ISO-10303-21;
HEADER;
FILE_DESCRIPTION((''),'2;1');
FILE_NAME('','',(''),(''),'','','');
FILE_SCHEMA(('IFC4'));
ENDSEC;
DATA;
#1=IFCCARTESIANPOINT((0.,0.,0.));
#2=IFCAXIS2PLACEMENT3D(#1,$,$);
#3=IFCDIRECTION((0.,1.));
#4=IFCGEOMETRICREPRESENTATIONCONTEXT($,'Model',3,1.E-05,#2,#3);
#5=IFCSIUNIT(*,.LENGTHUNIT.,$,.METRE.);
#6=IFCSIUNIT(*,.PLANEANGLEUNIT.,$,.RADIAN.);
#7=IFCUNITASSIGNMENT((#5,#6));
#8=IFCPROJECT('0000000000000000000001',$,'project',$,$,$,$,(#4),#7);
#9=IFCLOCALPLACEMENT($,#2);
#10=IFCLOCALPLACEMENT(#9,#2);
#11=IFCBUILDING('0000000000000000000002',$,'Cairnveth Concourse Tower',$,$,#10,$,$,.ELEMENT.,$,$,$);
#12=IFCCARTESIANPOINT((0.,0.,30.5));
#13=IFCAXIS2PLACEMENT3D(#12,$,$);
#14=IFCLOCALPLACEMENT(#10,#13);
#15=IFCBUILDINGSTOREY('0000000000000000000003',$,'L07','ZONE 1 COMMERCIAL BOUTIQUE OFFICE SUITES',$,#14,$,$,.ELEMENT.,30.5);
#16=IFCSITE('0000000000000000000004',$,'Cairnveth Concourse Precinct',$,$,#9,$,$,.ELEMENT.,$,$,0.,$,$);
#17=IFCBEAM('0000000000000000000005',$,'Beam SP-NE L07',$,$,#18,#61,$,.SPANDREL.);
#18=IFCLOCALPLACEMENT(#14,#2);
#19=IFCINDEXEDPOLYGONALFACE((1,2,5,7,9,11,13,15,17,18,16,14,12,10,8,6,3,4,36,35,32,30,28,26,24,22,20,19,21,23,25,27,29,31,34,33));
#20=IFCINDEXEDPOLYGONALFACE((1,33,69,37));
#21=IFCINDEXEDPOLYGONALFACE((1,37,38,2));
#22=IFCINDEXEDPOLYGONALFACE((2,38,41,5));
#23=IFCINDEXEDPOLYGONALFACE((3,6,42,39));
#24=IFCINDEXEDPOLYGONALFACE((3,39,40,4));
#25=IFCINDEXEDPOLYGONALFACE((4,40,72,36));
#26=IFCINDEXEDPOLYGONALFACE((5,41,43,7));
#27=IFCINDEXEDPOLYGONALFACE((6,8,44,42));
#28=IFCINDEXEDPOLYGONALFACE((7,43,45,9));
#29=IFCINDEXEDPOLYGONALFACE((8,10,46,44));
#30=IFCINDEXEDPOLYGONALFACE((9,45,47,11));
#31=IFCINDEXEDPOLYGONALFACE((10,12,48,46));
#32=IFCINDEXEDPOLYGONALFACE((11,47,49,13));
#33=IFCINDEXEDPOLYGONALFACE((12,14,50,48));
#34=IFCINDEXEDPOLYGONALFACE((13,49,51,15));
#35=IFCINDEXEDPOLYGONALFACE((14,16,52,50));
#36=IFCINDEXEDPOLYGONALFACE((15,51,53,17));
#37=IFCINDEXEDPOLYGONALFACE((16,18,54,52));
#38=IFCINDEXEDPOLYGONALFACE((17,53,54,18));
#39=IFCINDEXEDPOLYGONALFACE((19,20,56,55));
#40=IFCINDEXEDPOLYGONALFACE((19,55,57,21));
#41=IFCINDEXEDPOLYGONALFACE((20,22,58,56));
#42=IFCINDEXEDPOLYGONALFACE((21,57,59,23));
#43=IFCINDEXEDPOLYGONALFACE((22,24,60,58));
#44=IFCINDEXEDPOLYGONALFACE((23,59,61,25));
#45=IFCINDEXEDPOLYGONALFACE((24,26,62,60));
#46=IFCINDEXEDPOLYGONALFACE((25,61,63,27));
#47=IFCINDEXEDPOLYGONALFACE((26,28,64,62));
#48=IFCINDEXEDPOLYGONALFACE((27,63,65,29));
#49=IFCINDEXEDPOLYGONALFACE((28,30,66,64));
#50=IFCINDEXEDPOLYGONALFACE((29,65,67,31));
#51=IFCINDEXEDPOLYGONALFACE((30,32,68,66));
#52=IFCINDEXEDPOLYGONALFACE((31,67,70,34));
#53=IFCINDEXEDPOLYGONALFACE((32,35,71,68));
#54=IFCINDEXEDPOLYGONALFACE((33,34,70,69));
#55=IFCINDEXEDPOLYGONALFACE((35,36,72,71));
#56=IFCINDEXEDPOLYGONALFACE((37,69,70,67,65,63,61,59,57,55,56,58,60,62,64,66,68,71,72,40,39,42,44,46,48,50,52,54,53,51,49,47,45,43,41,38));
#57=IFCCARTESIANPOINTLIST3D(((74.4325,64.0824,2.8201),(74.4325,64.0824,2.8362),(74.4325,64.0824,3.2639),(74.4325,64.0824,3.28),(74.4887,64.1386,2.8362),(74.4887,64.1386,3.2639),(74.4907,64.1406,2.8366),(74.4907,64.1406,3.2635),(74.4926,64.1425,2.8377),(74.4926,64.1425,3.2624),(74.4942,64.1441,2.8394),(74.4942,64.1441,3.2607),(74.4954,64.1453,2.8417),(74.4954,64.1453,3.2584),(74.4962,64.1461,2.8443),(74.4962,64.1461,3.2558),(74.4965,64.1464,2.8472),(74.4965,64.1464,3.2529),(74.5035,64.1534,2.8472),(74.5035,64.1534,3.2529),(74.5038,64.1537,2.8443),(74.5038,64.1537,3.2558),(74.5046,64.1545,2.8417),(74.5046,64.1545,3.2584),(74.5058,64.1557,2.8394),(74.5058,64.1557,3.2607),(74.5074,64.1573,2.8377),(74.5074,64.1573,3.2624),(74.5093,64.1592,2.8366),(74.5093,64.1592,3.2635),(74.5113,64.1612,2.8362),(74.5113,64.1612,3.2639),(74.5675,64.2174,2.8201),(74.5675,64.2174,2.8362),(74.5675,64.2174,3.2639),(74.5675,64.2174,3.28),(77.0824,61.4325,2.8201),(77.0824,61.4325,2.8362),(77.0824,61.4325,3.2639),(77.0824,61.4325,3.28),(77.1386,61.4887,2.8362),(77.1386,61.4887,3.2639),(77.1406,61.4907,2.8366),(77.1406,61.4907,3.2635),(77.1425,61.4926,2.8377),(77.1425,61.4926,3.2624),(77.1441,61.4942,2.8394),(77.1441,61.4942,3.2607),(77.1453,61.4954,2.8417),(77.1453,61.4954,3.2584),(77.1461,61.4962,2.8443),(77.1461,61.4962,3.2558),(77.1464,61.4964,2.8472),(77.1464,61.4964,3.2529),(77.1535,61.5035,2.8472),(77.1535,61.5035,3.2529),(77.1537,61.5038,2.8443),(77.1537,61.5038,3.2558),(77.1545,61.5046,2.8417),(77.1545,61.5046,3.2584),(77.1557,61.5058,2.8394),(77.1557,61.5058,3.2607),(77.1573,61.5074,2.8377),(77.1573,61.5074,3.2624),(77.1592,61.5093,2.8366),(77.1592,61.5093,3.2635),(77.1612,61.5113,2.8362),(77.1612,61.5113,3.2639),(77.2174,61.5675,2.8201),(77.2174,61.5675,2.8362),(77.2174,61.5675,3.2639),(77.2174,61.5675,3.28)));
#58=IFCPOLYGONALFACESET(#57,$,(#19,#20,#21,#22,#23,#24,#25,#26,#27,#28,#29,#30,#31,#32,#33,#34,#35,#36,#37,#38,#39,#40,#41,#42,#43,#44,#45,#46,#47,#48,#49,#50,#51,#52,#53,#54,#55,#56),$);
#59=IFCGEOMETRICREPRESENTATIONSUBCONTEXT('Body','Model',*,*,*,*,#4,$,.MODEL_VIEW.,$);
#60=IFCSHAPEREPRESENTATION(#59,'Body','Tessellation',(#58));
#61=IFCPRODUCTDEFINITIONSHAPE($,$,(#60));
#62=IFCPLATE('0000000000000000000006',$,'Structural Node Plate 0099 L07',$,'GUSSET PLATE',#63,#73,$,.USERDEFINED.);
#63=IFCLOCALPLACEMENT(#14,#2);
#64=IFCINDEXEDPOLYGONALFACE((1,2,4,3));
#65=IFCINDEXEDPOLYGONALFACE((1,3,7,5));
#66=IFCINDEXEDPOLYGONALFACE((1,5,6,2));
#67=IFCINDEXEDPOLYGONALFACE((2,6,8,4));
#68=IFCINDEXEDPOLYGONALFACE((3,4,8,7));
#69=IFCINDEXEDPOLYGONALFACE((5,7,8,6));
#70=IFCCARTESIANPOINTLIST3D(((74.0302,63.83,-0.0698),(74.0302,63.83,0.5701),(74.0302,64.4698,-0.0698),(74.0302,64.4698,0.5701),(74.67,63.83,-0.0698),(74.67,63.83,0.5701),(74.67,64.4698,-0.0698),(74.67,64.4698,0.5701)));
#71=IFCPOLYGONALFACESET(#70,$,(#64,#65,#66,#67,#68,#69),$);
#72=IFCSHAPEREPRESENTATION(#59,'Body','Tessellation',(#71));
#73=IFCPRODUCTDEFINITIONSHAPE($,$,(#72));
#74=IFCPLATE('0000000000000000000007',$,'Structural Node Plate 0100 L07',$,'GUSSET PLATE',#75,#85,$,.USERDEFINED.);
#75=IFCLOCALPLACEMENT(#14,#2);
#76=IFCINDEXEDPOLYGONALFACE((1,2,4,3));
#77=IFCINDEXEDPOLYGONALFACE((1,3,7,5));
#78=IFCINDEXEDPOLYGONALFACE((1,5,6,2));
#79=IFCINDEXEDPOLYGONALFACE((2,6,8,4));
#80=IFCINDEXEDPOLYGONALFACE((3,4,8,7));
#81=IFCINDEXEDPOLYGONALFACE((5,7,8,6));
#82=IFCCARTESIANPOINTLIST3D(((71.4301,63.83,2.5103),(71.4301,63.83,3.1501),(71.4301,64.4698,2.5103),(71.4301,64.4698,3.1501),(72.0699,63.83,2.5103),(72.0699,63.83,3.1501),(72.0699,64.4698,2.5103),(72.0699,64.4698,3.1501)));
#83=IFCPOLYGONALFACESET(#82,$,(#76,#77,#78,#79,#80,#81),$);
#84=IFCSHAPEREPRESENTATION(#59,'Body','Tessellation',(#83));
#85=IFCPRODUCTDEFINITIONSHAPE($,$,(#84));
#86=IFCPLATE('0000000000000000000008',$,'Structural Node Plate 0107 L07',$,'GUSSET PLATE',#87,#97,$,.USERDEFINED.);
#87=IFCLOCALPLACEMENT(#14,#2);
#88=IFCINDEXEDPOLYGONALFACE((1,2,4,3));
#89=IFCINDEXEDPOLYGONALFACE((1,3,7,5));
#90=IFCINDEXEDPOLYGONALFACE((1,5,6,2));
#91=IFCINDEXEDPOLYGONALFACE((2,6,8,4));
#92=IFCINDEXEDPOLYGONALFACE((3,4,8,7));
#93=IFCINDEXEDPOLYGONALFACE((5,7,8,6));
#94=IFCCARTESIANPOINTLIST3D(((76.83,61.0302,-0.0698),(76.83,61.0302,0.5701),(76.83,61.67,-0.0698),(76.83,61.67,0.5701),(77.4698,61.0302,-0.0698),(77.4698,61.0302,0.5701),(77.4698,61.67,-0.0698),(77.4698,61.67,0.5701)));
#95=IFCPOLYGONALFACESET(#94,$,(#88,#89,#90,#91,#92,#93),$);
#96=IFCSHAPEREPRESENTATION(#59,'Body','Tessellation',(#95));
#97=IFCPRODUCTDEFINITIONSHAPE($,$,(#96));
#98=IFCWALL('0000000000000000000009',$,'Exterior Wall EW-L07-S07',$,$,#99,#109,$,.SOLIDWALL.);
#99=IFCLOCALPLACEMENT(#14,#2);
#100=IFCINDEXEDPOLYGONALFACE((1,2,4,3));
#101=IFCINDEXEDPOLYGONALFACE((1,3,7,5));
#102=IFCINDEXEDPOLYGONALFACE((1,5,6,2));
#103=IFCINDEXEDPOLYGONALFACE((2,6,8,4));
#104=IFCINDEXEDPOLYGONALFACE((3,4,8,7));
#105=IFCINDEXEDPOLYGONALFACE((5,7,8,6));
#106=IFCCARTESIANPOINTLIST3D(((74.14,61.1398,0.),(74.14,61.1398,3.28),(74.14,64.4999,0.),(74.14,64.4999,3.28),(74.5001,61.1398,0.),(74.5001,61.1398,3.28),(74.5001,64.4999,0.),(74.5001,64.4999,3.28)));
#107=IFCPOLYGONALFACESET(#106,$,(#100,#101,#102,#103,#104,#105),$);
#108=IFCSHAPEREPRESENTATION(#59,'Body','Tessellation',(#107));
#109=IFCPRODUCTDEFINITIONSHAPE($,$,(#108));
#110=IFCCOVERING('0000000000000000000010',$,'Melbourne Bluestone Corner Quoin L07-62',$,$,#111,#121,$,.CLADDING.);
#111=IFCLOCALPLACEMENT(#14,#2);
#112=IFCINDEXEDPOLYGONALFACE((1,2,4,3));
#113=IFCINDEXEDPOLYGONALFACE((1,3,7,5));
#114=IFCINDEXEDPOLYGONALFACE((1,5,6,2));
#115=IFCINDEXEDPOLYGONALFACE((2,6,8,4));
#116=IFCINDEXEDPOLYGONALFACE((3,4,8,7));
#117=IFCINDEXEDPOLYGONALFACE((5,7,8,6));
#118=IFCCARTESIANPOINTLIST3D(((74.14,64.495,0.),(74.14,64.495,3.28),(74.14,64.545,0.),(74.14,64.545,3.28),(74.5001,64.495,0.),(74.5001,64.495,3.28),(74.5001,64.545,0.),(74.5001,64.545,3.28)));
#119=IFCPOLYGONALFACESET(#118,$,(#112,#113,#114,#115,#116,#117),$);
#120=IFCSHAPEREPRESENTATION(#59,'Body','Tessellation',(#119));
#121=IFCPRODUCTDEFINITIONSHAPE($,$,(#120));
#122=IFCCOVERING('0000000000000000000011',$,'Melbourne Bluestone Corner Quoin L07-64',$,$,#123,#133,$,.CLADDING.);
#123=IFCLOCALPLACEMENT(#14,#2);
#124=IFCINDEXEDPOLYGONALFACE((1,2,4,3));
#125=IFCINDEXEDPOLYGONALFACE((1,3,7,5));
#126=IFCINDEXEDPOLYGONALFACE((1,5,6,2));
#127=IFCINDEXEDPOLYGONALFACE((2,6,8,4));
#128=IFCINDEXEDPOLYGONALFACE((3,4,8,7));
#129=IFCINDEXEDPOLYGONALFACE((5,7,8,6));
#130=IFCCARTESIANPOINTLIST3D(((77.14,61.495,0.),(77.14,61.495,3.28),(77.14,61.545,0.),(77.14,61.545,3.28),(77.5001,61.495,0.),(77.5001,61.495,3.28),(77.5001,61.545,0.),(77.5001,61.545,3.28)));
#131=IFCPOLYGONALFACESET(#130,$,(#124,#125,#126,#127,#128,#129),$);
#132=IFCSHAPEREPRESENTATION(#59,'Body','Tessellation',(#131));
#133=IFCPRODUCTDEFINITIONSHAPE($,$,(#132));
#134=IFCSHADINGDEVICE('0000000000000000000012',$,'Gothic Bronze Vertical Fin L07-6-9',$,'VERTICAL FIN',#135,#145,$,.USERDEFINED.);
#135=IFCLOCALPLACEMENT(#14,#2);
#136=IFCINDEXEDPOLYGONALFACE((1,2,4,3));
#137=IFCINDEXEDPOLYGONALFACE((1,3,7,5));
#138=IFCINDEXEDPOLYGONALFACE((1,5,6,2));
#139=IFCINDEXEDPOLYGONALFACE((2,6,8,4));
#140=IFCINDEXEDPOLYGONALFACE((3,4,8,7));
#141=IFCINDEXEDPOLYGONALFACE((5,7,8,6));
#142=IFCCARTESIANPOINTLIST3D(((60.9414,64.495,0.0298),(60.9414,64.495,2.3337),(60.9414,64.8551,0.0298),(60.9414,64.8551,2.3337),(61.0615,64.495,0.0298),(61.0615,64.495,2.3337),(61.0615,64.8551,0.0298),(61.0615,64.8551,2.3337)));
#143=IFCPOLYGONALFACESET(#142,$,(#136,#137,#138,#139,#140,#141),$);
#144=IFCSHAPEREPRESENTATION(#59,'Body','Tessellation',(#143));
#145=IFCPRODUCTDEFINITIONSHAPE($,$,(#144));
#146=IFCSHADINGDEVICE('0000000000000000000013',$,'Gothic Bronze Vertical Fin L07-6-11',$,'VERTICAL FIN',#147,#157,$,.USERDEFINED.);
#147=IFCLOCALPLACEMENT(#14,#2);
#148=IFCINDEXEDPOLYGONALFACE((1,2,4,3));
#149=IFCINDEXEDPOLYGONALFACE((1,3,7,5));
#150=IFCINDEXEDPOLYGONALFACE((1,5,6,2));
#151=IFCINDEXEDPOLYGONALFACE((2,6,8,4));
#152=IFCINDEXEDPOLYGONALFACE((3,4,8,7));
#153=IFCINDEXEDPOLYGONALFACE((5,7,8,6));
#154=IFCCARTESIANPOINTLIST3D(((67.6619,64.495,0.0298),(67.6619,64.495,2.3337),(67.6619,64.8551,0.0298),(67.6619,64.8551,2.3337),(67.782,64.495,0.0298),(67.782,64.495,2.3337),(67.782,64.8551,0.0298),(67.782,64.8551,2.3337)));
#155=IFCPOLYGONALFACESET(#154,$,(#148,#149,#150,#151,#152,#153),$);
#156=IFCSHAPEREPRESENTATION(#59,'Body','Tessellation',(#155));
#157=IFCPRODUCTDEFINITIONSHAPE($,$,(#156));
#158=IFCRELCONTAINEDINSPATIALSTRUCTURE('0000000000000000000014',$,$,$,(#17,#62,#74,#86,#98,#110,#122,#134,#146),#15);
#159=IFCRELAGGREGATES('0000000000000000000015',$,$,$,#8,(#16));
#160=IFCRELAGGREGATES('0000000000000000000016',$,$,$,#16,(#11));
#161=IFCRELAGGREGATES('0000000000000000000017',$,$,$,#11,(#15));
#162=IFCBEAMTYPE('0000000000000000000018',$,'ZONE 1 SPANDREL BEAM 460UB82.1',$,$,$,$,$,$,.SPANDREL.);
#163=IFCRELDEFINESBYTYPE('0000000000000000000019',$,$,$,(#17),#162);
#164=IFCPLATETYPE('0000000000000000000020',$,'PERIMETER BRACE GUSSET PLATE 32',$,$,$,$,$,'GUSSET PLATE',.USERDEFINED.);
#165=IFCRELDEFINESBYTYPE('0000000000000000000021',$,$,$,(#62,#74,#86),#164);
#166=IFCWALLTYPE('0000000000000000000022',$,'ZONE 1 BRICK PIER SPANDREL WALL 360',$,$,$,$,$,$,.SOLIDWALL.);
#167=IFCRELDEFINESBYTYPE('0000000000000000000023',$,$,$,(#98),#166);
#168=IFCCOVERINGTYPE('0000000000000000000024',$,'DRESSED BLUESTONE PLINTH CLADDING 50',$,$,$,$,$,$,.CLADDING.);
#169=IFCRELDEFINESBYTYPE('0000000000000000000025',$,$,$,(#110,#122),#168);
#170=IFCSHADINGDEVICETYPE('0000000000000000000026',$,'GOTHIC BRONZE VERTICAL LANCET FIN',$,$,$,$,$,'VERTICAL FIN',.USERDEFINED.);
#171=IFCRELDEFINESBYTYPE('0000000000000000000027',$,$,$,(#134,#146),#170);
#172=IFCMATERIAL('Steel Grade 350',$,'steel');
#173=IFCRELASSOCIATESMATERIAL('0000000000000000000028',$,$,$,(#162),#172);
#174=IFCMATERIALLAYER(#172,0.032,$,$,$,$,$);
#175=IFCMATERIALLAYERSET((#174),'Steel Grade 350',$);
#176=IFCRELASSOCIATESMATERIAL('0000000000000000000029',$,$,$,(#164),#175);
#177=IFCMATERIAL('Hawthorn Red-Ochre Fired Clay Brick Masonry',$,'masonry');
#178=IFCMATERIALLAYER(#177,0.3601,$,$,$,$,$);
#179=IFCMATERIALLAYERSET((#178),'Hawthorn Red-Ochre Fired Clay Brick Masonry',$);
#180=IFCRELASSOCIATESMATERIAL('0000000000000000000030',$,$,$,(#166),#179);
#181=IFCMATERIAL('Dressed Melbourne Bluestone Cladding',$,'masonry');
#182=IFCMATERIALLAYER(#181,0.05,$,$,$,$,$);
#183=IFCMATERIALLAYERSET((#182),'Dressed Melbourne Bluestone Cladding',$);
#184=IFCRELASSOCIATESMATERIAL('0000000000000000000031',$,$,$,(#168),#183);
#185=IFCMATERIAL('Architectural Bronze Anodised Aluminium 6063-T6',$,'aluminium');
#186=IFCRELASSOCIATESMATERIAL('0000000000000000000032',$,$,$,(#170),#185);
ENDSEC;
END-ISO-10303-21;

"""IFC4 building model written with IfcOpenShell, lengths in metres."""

from ifc_helpers import new_model, si_unit, direction, frame, frame_2d, origin, origin_2d, place, context, subcontext, project, spatial, rectangle, i_section, extrude, material, layer, layer_set, material_profile, profile_set, type_object, element, save


model = new_model("IFC4")

# Units and contexts
model_context = context("Model", 3, precision=1e-05, world=origin(), true_north=direction((0.0, 1.0)))
body_context = subcontext(model_context, "Body", "Model", "MODEL_VIEW")
ifc_project = project(units=[si_unit("LENGTHUNIT", "METRE"), si_unit("PLANEANGLEUNIT", "RADIAN")], contexts=[model_context])

# Site, building, storey
site_placement = place(None, origin())
site = spatial("IfcSite", under=ifc_project, at=site_placement, Name="Cairnveth Concourse Precinct", CompositionType="ELEMENT", RefElevation=0.0)
building_placement = place(site_placement, origin())
building = spatial("IfcBuilding", under=site, at=building_placement, Name="Cairnveth Concourse Tower", CompositionType="ELEMENT")
storey_placement = place(building_placement, frame((0.0, 0.0, 30.5)))
storey = spatial("IfcBuildingStorey", under=building, at=storey_placement, Name="L07", Description="ZONE 1 COMMERCIAL BOUTIQUE OFFICE SUITES", CompositionType="ELEMENT", Elevation=30.5)

# Shared definitions
ifc_material_1 = material(Name="Steel Grade 350", Category="steel")

# Beam
ifc_material_profile_1 = material_profile(ifc_material_1, i_section(OverallWidth=0.1909, OverallDepth=0.46, WebThickness=0.01, FlangeThickness=0.0161, FilletRadius=0.011, at=origin_2d()), Name="460UB82.1")
ifc_profile_set_1 = profile_set([ifc_material_profile_1], Name="Steel Grade 350")
beam_type_1 = type_object("IfcBeamType", Name="ZONE 1 SPANDREL BEAM 460UB82.1", PredefinedType="SPANDREL", material=ifc_profile_set_1)
beam_1_placement = place(storey_placement, frame((74.5, 64.1499, 3.05), z_axis=(0.707107, -0.707107, 0.0), x_axis=(0.707107, 0.707107, 0.0)))
element("IfcBeam", 1, at=beam_1_placement, inside=storey, type_object=beam_type_1, Name="Beam SP-NE L07", PredefinedType="SPANDREL", context=body_context, shape_type="SweptSolid", body=[
    extrude(i_section(OverallWidth=0.1909, OverallDepth=0.46, WebThickness=0.01, FlangeThickness=0.0161, FilletRadius=0.011, at=origin_2d()), origin(), (0.0, 0.0, 1.0), 3.7476),
])

# Plates
ifc_layer_1 = layer(ifc_material_1, 0.032)
ifc_layer_set_1 = layer_set([ifc_layer_1], Name="Steel Grade 350")
plate_type = type_object("IfcPlateType", Name="PERIMETER BRACE GUSSET PLATE 32", ElementType="GUSSET PLATE", PredefinedType="USERDEFINED", material=ifc_layer_set_1)
for number, where, z_axis, x_axis, name in (
    (2, (74.3501, 64.1499, -0.0698), (0.0, 0.0, 1.0), (1.0, 0.0, 0.0), "Structural Node Plate 0099 L07"),
    (3, (71.75, 64.1499, 2.5103), (0.0, 0.0, 1.0), (1.0, 0.0, 0.0), "Structural Node Plate 0100 L07"),
    (4, (77.1499, 61.3501, -0.0698), (0.0, 0.0, 1.0), (1.0, 0.0, 0.0), "Structural Node Plate 0107 L07"),
):
    element("IfcPlate", number, at=place(storey_placement, frame(where, z_axis=z_axis, x_axis=x_axis)), inside=storey, type_object=plate_type, Name=name, ObjectType="GUSSET PLATE", PredefinedType="USERDEFINED", context=body_context, shape_type="SweptSolid", body=[
        extrude(rectangle(XDim=0.6399, YDim=0.6399, at=origin_2d()), origin(), (0.0, 0.0, 1.0), 0.6399),
    ])

# Wall
ifc_material_2 = material(Name="Hawthorn Red-Ochre Fired Clay Brick Masonry", Category="masonry")
ifc_layer_2 = layer(ifc_material_2, 0.3601)
ifc_layer_set_2 = layer_set([ifc_layer_2], Name="Hawthorn Red-Ochre Fired Clay Brick Masonry")
wall_type = type_object("IfcWallType", Name="ZONE 1 BRICK PIER SPANDREL WALL 360", PredefinedType="SOLIDWALL", material=ifc_layer_set_2)
wall_1_placement = place(storey_placement, frame((74.3201, 64.5, 0.0), z_axis=(0.0, 0.0, 1.0), x_axis=(0.0, -1.0, 0.0)))
element("IfcWall", 5, at=wall_1_placement, inside=storey, type_object=wall_type, Name="Exterior Wall EW-L07-S07", PredefinedType="SOLIDWALL", context=body_context, shape_type="SweptSolid", body=[
    extrude(rectangle(XDim=3.3601, YDim=0.3601, at=frame_2d((1.6802, 0.0))), origin(), (0.0, 0.0, 1.0), 3.28),
])

# Coverings
ifc_material_3 = material(Name="Dressed Melbourne Bluestone Cladding", Category="masonry")
ifc_layer_3 = layer(ifc_material_3, 0.05)
ifc_layer_set_3 = layer_set([ifc_layer_3], Name="Dressed Melbourne Bluestone Cladding")
covering_type = type_object("IfcCoveringType", Name="DRESSED BLUESTONE PLINTH CLADDING 50", PredefinedType="CLADDING", material=ifc_layer_set_3)
for number, where, z_axis, x_axis, name in (
    (6, (74.1399, 64.52, 0.0), (0.0, 0.0, 1.0), (1.0, 0.0, 0.0), "Melbourne Bluestone Corner Quoin L07-62"),
    (7, (77.1399, 61.52, 0.0), (0.0, 0.0, 1.0), (1.0, 0.0, 0.0), "Melbourne Bluestone Corner Quoin L07-64"),
):
    element("IfcCovering", number, at=place(storey_placement, frame(where, z_axis=z_axis, x_axis=x_axis)), inside=storey, type_object=covering_type, Name=name, PredefinedType="CLADDING", context=body_context, shape_type="SweptSolid", body=[
        extrude(rectangle(XDim=0.3601, YDim=0.05, at=frame_2d((0.1802, 0.0))), origin(), (0.0, 0.0, 1.0), 3.28),
    ])

# Shading devices
ifc_material_4 = material(Name="Architectural Bronze Anodised Aluminium 6063-T6", Category="aluminium")
shading_device_type = type_object("IfcShadingDeviceType", Name="GOTHIC BRONZE VERTICAL LANCET FIN", ElementType="VERTICAL FIN", PredefinedType="USERDEFINED", material=ifc_material_4)
for number, where, z_axis, x_axis, name in (
    (8, (61.0015, 64.675, 0.0298), (0.0, 0.0, 1.0), (1.0, 0.0, 0.0), "Gothic Bronze Vertical Fin L07-6-9"),
    (9, (67.7219, 64.675, 0.0298), (0.0, 0.0, 1.0), (1.0, 0.0, 0.0), "Gothic Bronze Vertical Fin L07-6-11"),
):
    element("IfcShadingDevice", number, at=place(storey_placement, frame(where, z_axis=z_axis, x_axis=x_axis)), inside=storey, type_object=shading_device_type, Name=name, ObjectType="VERTICAL FIN", PredefinedType="USERDEFINED", context=body_context, shape_type="SweptSolid", body=[
        extrude(rectangle(XDim=0.1201, YDim=0.3601, at=origin_2d()), origin(), (0.0, 0.0, 1.0), 2.304),
    ])

save(model, "model.ifc")
